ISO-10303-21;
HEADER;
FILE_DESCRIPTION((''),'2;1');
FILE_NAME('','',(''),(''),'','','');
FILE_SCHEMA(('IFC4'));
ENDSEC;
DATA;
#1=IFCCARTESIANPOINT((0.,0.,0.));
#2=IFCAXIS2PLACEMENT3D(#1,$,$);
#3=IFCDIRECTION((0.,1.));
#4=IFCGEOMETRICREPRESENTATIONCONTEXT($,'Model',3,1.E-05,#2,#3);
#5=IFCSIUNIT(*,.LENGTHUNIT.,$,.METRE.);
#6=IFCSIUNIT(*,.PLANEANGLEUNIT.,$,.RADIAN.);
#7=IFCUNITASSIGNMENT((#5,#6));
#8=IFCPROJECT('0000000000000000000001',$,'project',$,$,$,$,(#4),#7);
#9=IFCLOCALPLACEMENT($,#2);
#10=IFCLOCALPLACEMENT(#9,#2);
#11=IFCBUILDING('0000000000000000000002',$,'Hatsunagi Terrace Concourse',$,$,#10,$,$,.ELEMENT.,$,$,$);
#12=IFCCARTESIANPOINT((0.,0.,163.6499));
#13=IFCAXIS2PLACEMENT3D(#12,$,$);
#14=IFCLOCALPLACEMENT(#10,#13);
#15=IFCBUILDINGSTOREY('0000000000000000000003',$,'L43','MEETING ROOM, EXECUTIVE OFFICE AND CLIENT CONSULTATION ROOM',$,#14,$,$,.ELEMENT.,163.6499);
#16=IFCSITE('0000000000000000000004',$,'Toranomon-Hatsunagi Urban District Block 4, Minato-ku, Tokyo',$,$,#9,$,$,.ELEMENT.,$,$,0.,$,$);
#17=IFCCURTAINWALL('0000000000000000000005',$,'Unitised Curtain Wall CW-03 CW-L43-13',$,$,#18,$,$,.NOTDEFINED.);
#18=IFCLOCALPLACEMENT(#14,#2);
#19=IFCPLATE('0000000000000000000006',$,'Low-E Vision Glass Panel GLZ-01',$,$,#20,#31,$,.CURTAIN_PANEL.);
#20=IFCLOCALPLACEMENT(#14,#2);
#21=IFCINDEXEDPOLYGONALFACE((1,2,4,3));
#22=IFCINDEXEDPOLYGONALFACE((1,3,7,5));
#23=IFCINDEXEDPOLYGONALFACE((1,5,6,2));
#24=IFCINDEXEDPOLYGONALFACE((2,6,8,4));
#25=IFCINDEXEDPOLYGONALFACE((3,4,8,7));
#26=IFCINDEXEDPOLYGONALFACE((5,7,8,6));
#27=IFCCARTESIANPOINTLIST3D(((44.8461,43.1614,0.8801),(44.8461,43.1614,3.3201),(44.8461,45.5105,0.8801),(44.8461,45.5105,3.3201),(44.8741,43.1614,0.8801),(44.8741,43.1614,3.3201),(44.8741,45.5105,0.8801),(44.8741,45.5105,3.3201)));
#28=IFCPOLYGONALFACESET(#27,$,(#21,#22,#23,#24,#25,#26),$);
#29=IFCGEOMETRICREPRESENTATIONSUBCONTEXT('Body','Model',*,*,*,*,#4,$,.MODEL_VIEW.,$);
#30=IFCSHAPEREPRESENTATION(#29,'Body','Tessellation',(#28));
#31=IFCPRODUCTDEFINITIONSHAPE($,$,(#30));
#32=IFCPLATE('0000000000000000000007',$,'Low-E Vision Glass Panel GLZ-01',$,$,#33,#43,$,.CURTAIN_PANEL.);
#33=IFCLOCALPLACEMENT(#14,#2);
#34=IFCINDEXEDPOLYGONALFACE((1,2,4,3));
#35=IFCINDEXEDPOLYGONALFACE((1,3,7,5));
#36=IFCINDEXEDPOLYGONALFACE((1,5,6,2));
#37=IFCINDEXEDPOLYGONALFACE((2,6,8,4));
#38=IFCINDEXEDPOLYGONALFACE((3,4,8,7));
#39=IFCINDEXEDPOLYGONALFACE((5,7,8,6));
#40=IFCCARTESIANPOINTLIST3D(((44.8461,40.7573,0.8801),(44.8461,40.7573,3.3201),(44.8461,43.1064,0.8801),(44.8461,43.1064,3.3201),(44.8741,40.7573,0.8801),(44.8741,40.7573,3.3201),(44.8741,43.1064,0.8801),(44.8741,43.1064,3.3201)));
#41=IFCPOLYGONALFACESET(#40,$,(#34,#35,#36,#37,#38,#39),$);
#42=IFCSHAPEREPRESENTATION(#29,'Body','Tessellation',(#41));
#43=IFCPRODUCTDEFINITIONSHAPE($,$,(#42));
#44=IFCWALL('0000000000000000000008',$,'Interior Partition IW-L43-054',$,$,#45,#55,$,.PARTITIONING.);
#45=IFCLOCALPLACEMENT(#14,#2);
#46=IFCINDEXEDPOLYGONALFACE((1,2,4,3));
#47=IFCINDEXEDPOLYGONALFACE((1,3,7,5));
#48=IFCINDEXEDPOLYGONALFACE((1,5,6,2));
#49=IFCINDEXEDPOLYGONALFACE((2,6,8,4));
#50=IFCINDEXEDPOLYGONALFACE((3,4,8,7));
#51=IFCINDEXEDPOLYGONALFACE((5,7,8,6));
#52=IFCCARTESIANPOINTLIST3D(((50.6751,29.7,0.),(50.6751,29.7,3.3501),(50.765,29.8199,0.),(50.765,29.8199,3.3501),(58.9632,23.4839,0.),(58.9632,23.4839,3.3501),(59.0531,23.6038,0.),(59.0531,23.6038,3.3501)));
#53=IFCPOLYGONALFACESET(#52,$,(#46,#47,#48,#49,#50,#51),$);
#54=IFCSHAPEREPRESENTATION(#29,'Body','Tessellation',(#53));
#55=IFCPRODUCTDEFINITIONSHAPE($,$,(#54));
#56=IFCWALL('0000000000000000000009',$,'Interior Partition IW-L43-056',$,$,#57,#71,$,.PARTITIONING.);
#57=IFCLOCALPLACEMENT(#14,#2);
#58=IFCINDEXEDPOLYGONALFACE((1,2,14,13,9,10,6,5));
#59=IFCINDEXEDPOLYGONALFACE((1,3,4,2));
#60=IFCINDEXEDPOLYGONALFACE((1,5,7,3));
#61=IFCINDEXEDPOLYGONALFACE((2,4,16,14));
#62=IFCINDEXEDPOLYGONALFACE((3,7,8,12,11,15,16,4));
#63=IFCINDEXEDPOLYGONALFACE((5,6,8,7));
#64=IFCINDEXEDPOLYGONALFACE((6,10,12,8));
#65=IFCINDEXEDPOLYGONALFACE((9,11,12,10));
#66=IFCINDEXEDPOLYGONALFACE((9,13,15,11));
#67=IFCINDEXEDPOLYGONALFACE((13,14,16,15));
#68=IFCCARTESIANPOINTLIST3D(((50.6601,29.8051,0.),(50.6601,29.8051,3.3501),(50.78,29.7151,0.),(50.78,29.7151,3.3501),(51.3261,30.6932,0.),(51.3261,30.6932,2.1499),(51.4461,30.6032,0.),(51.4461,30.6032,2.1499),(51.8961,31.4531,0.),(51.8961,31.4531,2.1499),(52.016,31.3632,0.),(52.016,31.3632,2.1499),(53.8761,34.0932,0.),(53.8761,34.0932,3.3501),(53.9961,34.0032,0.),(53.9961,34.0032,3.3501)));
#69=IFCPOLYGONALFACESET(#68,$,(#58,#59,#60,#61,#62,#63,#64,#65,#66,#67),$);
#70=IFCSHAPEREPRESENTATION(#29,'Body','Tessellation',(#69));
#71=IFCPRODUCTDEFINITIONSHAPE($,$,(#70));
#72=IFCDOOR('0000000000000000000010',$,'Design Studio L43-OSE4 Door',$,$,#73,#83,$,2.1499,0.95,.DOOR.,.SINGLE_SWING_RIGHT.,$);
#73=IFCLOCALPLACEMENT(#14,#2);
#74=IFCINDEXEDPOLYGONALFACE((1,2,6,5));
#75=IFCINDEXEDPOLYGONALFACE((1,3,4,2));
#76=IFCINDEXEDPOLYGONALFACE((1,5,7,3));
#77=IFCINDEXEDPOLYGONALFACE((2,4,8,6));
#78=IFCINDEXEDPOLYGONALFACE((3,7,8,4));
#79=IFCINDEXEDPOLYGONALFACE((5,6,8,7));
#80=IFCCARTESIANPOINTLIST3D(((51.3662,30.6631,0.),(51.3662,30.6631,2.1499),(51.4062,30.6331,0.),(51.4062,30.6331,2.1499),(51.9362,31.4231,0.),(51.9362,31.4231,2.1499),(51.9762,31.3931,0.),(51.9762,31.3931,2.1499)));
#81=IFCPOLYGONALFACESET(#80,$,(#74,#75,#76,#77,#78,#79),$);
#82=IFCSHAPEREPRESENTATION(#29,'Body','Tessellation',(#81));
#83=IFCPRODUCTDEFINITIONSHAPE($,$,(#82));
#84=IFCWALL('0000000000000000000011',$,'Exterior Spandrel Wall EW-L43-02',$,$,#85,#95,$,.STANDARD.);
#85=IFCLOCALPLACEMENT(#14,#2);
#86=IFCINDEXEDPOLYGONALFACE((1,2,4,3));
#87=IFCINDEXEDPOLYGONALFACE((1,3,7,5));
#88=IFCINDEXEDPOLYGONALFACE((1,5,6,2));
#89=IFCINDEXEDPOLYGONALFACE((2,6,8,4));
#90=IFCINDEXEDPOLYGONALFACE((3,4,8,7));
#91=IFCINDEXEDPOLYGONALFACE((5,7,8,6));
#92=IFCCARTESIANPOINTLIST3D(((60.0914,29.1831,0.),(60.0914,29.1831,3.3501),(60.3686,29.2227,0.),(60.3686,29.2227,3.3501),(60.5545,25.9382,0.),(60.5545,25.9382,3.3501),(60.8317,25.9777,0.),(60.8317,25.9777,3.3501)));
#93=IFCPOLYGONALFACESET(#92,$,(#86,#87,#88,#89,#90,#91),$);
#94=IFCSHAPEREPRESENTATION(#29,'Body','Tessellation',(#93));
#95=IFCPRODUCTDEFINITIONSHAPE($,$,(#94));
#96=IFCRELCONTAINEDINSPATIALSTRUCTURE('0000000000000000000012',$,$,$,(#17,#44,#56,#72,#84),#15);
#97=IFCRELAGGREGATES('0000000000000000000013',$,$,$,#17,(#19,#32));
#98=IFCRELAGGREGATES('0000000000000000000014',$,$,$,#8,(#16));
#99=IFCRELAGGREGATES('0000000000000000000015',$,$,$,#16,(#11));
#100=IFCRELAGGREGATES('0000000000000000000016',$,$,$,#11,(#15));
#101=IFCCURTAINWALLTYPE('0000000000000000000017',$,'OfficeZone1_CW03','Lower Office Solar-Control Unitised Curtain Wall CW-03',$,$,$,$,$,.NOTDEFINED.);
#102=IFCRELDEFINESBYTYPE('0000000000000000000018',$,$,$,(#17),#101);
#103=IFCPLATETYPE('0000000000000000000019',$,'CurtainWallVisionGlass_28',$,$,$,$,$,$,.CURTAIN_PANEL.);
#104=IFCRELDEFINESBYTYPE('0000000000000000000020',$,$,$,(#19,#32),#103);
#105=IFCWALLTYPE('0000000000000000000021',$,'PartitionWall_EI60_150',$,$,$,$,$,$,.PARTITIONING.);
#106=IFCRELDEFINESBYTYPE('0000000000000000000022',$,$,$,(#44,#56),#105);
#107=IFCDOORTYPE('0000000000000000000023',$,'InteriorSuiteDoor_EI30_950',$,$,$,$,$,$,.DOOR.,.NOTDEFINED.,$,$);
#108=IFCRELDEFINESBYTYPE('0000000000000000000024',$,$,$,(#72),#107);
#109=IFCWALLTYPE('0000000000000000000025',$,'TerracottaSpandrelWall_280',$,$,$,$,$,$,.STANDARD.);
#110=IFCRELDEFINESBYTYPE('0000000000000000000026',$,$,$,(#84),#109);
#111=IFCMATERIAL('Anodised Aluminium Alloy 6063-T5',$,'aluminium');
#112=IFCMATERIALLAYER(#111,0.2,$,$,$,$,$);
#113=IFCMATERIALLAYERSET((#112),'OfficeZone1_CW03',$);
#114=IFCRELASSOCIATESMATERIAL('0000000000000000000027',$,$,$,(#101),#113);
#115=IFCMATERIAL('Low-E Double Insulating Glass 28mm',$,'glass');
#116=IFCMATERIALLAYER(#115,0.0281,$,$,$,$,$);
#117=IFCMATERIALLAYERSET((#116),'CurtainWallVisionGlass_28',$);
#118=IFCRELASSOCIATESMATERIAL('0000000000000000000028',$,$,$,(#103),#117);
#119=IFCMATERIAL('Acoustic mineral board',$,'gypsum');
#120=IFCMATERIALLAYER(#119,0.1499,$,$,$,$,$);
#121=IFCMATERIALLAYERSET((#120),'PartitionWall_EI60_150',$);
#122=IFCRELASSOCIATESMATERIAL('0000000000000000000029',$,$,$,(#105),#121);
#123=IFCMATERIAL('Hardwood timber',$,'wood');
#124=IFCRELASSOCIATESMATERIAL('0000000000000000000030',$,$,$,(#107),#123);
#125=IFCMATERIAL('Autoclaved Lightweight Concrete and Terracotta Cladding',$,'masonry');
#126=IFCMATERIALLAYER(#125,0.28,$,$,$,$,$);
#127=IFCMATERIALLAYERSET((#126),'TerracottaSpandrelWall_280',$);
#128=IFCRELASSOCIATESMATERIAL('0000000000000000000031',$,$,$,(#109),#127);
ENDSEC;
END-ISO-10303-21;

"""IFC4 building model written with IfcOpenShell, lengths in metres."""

from ifc_helpers import new_model, si_unit, direction, frame, frame_2d, origin, origin_2d, place, context, subcontext, project, spatial, rectangle, extrude, material, layer, layer_set, type_object, element, fill, aggregate, save


model = new_model("IFC4")

# Units and contexts
model_context = context("Model", 3, precision=1e-05, world=origin(), true_north=direction((0.0, 1.0)))
body_context = subcontext(model_context, "Body", "Model", "MODEL_VIEW")
ifc_project = project(units=[si_unit("LENGTHUNIT", "METRE"), si_unit("PLANEANGLEUNIT", "RADIAN")], contexts=[model_context])

# Site, building, storey
site_placement = place(None, origin())
site = spatial("IfcSite", under=ifc_project, at=site_placement, Name="Toranomon-Hatsunagi Urban District Block 4, Minato-ku, Tokyo", CompositionType="ELEMENT", RefElevation=0.0)
building_placement = place(site_placement, origin())
building = spatial("IfcBuilding", under=site, at=building_placement, Name="Hatsunagi Terrace Concourse", CompositionType="ELEMENT")
storey_placement = place(building_placement, frame((0.0, 0.0, 163.6499)))
storey = spatial("IfcBuildingStorey", under=building, at=storey_placement, Name="L43", Description="MEETING ROOM, EXECUTIVE OFFICE AND CLIENT CONSULTATION ROOM", CompositionType="ELEMENT", Elevation=163.6499)

# Curtain wall
ifc_material_1 = material(Name="Anodised Aluminium Alloy 6063-T5", Category="aluminium")
ifc_layer_1 = layer(ifc_material_1, 0.2)
ifc_layer_set_1 = layer_set([ifc_layer_1], Name="OfficeZone1_CW03")
curtain_wall_type = type_object("IfcCurtainWallType", Name="OfficeZone1_CW03", Description="Lower Office Solar-Control Unitised Curtain Wall CW-03", PredefinedType="NOTDEFINED", material=ifc_layer_set_1)
curtain_wall_placement = place(storey_placement, origin())
curtain_wall = element("IfcCurtainWall", 1, at=curtain_wall_placement, inside=storey, type_object=curtain_wall_type, Name="Unitised Curtain Wall CW-03 CW-L43-13", PredefinedType="NOTDEFINED")

# Plates
ifc_material_2 = material(Name="Low-E Double Insulating Glass 28mm", Category="glass")
ifc_layer_2 = layer(ifc_material_2, 0.0281)
ifc_layer_set_2 = layer_set([ifc_layer_2], Name="CurtainWallVisionGlass_28")
plate_type_1 = type_object("IfcPlateType", Name="CurtainWallVisionGlass_28", PredefinedType="CURTAIN_PANEL", material=ifc_layer_set_2)
plate_1_placement = place(storey_placement, frame((44.8601, 44.3359, 0.8801), z_axis=(0.0, 0.0, 1.0), x_axis=(0.0, -1.0, 0.0)))
plate_1 = element("IfcPlate", 2, at=plate_1_placement, type_object=plate_type_1, Name="Low-E Vision Glass Panel GLZ-01", PredefinedType="CURTAIN_PANEL", context=body_context, shape_type="SweptSolid", body=[
    extrude(rectangle(XDim=2.3491, YDim=0.0281, at=origin_2d()), origin(), (0.0, 0.0, 1.0), 2.4399),
])
plate_2_placement = place(storey_placement, frame((44.8601, 41.9319, 0.8801), z_axis=(0.0, 0.0, 1.0), x_axis=(0.0, -1.0, 0.0)))
plate_2 = element("IfcPlate", 3, at=plate_2_placement, type_object=plate_type_1, Name="Low-E Vision Glass Panel GLZ-01", PredefinedType="CURTAIN_PANEL", context=body_context, shape_type="SweptSolid", body=[
    extrude(rectangle(XDim=2.3491, YDim=0.0281, at=origin_2d()), origin(), (0.0, 0.0, 1.0), 2.4399),
])
aggregate(curtain_wall, [plate_1, plate_2])

# Wall
ifc_material_3 = material(Name="Acoustic mineral board", Category="gypsum")
ifc_layer_3 = layer(ifc_material_3, 0.1499)
ifc_layer_set_3 = layer_set([ifc_layer_3], Name="PartitionWall_EI60_150")
wall_type_1 = type_object("IfcWallType", Name="PartitionWall_EI60_150", PredefinedType="PARTITIONING", material=ifc_layer_set_3)
wall_1_placement = place(storey_placement, frame((50.72, 29.76, 0.0), z_axis=(0.0, 0.0, 1.0), x_axis=(0.8, -0.6, 0.0)))
element("IfcWall", 4, at=wall_1_placement, inside=storey, type_object=wall_type_1, Name="Interior Partition IW-L43-054", PredefinedType="PARTITIONING", context=body_context, shape_type="SweptSolid", body=[
    extrude(rectangle(XDim=10.3601, YDim=0.1499, at=frame_2d((5.1802, 0.0))), origin(), (0.0, 0.0, 1.0), 3.3501),
])

# Wall, opening, door
wall_2_placement = place(storey_placement, frame((50.72, 29.76, 0.0), z_axis=(0.0, 0.0, 1.0), x_axis=(0.6, 0.8, 0.0)))
wall_2 = element("IfcWall", 5, at=wall_2_placement, inside=storey, type_object=wall_type_1, Name="Interior Partition IW-L43-056", PredefinedType="PARTITIONING", context=body_context, shape_type="SweptSolid", body=[
    extrude(rectangle(XDim=5.3601, YDim=0.1499, at=frame_2d((2.6802, 0.0))), origin(), (0.0, 0.0, 1.0), 3.3501),
])
opening_placement = place(wall_2_placement, frame((1.1101, 0.0, 0.0)))
opening = element("IfcOpeningElement", 6, at=opening_placement, cuts=wall_2, PredefinedType="OPENING", context=body_context, shape_type="SweptSolid", body=[
    extrude(rectangle(XDim=0.95, YDim=2.1499, at=frame_2d((0.4751, 1.075))), frame((0.0, 0.085, 0.0), z_axis=(0.0, -1.0, 0.0), x_axis=(1.0, 0.0, 0.0)), (0.0, 0.0, 1.0), 0.1699),
])
ifc_material_4 = material(Name="Hardwood timber", Category="wood")
door_type = type_object("IfcDoorType", Name="InteriorSuiteDoor_EI30_950", OperationType="NOTDEFINED", PredefinedType="DOOR", material=ifc_material_4)
door_placement = place(opening_placement, origin())
door = element("IfcDoor", 7, at=door_placement, inside=storey, type_object=door_type, Name="Design Studio L43-OSE4 Door", OperationType="SINGLE_SWING_RIGHT", OverallHeight=2.1499, OverallWidth=0.95, PredefinedType="DOOR", context=body_context, shape_type="SweptSolid", body=[
    extrude(rectangle(XDim=0.95, YDim=2.1499, at=frame_2d((0.4751, 1.075))), frame((0.0, 0.0249, 0.0), z_axis=(0.0, -1.0, 0.0), x_axis=(1.0, 0.0, 0.0)), (0.0, 0.0, 1.0), 0.05),
])
fill(opening, door)

# Wall
ifc_material_5 = material(Name="Autoclaved Lightweight Concrete and Terracotta Cladding", Category="masonry")
ifc_layer_4 = layer(ifc_material_5, 0.28)
ifc_layer_set_4 = layer_set([ifc_layer_4], Name="TerracottaSpandrelWall_280")
wall_type_2 = type_object("IfcWallType", Name="TerracottaSpandrelWall_280", PredefinedType="STANDARD", material=ifc_layer_set_4)
wall_3_placement = place(storey_placement, frame((60.23, 29.2029, 0.0), z_axis=(0.0, 0.0, 1.0), x_axis=(0.141296, -0.989967, 0.0)))
element("IfcWall", 8, at=wall_3_placement, inside=storey, type_object=wall_type_2, Name="Exterior Spandrel Wall EW-L43-02", PredefinedType="STANDARD", context=body_context, shape_type="SweptSolid", body=[
    extrude(rectangle(XDim=3.2778, YDim=0.28, at=frame_2d((1.6389, 0.0))), origin(), (0.0, 0.0, 1.0), 3.3501),
])

save(model, "model.ifc")
